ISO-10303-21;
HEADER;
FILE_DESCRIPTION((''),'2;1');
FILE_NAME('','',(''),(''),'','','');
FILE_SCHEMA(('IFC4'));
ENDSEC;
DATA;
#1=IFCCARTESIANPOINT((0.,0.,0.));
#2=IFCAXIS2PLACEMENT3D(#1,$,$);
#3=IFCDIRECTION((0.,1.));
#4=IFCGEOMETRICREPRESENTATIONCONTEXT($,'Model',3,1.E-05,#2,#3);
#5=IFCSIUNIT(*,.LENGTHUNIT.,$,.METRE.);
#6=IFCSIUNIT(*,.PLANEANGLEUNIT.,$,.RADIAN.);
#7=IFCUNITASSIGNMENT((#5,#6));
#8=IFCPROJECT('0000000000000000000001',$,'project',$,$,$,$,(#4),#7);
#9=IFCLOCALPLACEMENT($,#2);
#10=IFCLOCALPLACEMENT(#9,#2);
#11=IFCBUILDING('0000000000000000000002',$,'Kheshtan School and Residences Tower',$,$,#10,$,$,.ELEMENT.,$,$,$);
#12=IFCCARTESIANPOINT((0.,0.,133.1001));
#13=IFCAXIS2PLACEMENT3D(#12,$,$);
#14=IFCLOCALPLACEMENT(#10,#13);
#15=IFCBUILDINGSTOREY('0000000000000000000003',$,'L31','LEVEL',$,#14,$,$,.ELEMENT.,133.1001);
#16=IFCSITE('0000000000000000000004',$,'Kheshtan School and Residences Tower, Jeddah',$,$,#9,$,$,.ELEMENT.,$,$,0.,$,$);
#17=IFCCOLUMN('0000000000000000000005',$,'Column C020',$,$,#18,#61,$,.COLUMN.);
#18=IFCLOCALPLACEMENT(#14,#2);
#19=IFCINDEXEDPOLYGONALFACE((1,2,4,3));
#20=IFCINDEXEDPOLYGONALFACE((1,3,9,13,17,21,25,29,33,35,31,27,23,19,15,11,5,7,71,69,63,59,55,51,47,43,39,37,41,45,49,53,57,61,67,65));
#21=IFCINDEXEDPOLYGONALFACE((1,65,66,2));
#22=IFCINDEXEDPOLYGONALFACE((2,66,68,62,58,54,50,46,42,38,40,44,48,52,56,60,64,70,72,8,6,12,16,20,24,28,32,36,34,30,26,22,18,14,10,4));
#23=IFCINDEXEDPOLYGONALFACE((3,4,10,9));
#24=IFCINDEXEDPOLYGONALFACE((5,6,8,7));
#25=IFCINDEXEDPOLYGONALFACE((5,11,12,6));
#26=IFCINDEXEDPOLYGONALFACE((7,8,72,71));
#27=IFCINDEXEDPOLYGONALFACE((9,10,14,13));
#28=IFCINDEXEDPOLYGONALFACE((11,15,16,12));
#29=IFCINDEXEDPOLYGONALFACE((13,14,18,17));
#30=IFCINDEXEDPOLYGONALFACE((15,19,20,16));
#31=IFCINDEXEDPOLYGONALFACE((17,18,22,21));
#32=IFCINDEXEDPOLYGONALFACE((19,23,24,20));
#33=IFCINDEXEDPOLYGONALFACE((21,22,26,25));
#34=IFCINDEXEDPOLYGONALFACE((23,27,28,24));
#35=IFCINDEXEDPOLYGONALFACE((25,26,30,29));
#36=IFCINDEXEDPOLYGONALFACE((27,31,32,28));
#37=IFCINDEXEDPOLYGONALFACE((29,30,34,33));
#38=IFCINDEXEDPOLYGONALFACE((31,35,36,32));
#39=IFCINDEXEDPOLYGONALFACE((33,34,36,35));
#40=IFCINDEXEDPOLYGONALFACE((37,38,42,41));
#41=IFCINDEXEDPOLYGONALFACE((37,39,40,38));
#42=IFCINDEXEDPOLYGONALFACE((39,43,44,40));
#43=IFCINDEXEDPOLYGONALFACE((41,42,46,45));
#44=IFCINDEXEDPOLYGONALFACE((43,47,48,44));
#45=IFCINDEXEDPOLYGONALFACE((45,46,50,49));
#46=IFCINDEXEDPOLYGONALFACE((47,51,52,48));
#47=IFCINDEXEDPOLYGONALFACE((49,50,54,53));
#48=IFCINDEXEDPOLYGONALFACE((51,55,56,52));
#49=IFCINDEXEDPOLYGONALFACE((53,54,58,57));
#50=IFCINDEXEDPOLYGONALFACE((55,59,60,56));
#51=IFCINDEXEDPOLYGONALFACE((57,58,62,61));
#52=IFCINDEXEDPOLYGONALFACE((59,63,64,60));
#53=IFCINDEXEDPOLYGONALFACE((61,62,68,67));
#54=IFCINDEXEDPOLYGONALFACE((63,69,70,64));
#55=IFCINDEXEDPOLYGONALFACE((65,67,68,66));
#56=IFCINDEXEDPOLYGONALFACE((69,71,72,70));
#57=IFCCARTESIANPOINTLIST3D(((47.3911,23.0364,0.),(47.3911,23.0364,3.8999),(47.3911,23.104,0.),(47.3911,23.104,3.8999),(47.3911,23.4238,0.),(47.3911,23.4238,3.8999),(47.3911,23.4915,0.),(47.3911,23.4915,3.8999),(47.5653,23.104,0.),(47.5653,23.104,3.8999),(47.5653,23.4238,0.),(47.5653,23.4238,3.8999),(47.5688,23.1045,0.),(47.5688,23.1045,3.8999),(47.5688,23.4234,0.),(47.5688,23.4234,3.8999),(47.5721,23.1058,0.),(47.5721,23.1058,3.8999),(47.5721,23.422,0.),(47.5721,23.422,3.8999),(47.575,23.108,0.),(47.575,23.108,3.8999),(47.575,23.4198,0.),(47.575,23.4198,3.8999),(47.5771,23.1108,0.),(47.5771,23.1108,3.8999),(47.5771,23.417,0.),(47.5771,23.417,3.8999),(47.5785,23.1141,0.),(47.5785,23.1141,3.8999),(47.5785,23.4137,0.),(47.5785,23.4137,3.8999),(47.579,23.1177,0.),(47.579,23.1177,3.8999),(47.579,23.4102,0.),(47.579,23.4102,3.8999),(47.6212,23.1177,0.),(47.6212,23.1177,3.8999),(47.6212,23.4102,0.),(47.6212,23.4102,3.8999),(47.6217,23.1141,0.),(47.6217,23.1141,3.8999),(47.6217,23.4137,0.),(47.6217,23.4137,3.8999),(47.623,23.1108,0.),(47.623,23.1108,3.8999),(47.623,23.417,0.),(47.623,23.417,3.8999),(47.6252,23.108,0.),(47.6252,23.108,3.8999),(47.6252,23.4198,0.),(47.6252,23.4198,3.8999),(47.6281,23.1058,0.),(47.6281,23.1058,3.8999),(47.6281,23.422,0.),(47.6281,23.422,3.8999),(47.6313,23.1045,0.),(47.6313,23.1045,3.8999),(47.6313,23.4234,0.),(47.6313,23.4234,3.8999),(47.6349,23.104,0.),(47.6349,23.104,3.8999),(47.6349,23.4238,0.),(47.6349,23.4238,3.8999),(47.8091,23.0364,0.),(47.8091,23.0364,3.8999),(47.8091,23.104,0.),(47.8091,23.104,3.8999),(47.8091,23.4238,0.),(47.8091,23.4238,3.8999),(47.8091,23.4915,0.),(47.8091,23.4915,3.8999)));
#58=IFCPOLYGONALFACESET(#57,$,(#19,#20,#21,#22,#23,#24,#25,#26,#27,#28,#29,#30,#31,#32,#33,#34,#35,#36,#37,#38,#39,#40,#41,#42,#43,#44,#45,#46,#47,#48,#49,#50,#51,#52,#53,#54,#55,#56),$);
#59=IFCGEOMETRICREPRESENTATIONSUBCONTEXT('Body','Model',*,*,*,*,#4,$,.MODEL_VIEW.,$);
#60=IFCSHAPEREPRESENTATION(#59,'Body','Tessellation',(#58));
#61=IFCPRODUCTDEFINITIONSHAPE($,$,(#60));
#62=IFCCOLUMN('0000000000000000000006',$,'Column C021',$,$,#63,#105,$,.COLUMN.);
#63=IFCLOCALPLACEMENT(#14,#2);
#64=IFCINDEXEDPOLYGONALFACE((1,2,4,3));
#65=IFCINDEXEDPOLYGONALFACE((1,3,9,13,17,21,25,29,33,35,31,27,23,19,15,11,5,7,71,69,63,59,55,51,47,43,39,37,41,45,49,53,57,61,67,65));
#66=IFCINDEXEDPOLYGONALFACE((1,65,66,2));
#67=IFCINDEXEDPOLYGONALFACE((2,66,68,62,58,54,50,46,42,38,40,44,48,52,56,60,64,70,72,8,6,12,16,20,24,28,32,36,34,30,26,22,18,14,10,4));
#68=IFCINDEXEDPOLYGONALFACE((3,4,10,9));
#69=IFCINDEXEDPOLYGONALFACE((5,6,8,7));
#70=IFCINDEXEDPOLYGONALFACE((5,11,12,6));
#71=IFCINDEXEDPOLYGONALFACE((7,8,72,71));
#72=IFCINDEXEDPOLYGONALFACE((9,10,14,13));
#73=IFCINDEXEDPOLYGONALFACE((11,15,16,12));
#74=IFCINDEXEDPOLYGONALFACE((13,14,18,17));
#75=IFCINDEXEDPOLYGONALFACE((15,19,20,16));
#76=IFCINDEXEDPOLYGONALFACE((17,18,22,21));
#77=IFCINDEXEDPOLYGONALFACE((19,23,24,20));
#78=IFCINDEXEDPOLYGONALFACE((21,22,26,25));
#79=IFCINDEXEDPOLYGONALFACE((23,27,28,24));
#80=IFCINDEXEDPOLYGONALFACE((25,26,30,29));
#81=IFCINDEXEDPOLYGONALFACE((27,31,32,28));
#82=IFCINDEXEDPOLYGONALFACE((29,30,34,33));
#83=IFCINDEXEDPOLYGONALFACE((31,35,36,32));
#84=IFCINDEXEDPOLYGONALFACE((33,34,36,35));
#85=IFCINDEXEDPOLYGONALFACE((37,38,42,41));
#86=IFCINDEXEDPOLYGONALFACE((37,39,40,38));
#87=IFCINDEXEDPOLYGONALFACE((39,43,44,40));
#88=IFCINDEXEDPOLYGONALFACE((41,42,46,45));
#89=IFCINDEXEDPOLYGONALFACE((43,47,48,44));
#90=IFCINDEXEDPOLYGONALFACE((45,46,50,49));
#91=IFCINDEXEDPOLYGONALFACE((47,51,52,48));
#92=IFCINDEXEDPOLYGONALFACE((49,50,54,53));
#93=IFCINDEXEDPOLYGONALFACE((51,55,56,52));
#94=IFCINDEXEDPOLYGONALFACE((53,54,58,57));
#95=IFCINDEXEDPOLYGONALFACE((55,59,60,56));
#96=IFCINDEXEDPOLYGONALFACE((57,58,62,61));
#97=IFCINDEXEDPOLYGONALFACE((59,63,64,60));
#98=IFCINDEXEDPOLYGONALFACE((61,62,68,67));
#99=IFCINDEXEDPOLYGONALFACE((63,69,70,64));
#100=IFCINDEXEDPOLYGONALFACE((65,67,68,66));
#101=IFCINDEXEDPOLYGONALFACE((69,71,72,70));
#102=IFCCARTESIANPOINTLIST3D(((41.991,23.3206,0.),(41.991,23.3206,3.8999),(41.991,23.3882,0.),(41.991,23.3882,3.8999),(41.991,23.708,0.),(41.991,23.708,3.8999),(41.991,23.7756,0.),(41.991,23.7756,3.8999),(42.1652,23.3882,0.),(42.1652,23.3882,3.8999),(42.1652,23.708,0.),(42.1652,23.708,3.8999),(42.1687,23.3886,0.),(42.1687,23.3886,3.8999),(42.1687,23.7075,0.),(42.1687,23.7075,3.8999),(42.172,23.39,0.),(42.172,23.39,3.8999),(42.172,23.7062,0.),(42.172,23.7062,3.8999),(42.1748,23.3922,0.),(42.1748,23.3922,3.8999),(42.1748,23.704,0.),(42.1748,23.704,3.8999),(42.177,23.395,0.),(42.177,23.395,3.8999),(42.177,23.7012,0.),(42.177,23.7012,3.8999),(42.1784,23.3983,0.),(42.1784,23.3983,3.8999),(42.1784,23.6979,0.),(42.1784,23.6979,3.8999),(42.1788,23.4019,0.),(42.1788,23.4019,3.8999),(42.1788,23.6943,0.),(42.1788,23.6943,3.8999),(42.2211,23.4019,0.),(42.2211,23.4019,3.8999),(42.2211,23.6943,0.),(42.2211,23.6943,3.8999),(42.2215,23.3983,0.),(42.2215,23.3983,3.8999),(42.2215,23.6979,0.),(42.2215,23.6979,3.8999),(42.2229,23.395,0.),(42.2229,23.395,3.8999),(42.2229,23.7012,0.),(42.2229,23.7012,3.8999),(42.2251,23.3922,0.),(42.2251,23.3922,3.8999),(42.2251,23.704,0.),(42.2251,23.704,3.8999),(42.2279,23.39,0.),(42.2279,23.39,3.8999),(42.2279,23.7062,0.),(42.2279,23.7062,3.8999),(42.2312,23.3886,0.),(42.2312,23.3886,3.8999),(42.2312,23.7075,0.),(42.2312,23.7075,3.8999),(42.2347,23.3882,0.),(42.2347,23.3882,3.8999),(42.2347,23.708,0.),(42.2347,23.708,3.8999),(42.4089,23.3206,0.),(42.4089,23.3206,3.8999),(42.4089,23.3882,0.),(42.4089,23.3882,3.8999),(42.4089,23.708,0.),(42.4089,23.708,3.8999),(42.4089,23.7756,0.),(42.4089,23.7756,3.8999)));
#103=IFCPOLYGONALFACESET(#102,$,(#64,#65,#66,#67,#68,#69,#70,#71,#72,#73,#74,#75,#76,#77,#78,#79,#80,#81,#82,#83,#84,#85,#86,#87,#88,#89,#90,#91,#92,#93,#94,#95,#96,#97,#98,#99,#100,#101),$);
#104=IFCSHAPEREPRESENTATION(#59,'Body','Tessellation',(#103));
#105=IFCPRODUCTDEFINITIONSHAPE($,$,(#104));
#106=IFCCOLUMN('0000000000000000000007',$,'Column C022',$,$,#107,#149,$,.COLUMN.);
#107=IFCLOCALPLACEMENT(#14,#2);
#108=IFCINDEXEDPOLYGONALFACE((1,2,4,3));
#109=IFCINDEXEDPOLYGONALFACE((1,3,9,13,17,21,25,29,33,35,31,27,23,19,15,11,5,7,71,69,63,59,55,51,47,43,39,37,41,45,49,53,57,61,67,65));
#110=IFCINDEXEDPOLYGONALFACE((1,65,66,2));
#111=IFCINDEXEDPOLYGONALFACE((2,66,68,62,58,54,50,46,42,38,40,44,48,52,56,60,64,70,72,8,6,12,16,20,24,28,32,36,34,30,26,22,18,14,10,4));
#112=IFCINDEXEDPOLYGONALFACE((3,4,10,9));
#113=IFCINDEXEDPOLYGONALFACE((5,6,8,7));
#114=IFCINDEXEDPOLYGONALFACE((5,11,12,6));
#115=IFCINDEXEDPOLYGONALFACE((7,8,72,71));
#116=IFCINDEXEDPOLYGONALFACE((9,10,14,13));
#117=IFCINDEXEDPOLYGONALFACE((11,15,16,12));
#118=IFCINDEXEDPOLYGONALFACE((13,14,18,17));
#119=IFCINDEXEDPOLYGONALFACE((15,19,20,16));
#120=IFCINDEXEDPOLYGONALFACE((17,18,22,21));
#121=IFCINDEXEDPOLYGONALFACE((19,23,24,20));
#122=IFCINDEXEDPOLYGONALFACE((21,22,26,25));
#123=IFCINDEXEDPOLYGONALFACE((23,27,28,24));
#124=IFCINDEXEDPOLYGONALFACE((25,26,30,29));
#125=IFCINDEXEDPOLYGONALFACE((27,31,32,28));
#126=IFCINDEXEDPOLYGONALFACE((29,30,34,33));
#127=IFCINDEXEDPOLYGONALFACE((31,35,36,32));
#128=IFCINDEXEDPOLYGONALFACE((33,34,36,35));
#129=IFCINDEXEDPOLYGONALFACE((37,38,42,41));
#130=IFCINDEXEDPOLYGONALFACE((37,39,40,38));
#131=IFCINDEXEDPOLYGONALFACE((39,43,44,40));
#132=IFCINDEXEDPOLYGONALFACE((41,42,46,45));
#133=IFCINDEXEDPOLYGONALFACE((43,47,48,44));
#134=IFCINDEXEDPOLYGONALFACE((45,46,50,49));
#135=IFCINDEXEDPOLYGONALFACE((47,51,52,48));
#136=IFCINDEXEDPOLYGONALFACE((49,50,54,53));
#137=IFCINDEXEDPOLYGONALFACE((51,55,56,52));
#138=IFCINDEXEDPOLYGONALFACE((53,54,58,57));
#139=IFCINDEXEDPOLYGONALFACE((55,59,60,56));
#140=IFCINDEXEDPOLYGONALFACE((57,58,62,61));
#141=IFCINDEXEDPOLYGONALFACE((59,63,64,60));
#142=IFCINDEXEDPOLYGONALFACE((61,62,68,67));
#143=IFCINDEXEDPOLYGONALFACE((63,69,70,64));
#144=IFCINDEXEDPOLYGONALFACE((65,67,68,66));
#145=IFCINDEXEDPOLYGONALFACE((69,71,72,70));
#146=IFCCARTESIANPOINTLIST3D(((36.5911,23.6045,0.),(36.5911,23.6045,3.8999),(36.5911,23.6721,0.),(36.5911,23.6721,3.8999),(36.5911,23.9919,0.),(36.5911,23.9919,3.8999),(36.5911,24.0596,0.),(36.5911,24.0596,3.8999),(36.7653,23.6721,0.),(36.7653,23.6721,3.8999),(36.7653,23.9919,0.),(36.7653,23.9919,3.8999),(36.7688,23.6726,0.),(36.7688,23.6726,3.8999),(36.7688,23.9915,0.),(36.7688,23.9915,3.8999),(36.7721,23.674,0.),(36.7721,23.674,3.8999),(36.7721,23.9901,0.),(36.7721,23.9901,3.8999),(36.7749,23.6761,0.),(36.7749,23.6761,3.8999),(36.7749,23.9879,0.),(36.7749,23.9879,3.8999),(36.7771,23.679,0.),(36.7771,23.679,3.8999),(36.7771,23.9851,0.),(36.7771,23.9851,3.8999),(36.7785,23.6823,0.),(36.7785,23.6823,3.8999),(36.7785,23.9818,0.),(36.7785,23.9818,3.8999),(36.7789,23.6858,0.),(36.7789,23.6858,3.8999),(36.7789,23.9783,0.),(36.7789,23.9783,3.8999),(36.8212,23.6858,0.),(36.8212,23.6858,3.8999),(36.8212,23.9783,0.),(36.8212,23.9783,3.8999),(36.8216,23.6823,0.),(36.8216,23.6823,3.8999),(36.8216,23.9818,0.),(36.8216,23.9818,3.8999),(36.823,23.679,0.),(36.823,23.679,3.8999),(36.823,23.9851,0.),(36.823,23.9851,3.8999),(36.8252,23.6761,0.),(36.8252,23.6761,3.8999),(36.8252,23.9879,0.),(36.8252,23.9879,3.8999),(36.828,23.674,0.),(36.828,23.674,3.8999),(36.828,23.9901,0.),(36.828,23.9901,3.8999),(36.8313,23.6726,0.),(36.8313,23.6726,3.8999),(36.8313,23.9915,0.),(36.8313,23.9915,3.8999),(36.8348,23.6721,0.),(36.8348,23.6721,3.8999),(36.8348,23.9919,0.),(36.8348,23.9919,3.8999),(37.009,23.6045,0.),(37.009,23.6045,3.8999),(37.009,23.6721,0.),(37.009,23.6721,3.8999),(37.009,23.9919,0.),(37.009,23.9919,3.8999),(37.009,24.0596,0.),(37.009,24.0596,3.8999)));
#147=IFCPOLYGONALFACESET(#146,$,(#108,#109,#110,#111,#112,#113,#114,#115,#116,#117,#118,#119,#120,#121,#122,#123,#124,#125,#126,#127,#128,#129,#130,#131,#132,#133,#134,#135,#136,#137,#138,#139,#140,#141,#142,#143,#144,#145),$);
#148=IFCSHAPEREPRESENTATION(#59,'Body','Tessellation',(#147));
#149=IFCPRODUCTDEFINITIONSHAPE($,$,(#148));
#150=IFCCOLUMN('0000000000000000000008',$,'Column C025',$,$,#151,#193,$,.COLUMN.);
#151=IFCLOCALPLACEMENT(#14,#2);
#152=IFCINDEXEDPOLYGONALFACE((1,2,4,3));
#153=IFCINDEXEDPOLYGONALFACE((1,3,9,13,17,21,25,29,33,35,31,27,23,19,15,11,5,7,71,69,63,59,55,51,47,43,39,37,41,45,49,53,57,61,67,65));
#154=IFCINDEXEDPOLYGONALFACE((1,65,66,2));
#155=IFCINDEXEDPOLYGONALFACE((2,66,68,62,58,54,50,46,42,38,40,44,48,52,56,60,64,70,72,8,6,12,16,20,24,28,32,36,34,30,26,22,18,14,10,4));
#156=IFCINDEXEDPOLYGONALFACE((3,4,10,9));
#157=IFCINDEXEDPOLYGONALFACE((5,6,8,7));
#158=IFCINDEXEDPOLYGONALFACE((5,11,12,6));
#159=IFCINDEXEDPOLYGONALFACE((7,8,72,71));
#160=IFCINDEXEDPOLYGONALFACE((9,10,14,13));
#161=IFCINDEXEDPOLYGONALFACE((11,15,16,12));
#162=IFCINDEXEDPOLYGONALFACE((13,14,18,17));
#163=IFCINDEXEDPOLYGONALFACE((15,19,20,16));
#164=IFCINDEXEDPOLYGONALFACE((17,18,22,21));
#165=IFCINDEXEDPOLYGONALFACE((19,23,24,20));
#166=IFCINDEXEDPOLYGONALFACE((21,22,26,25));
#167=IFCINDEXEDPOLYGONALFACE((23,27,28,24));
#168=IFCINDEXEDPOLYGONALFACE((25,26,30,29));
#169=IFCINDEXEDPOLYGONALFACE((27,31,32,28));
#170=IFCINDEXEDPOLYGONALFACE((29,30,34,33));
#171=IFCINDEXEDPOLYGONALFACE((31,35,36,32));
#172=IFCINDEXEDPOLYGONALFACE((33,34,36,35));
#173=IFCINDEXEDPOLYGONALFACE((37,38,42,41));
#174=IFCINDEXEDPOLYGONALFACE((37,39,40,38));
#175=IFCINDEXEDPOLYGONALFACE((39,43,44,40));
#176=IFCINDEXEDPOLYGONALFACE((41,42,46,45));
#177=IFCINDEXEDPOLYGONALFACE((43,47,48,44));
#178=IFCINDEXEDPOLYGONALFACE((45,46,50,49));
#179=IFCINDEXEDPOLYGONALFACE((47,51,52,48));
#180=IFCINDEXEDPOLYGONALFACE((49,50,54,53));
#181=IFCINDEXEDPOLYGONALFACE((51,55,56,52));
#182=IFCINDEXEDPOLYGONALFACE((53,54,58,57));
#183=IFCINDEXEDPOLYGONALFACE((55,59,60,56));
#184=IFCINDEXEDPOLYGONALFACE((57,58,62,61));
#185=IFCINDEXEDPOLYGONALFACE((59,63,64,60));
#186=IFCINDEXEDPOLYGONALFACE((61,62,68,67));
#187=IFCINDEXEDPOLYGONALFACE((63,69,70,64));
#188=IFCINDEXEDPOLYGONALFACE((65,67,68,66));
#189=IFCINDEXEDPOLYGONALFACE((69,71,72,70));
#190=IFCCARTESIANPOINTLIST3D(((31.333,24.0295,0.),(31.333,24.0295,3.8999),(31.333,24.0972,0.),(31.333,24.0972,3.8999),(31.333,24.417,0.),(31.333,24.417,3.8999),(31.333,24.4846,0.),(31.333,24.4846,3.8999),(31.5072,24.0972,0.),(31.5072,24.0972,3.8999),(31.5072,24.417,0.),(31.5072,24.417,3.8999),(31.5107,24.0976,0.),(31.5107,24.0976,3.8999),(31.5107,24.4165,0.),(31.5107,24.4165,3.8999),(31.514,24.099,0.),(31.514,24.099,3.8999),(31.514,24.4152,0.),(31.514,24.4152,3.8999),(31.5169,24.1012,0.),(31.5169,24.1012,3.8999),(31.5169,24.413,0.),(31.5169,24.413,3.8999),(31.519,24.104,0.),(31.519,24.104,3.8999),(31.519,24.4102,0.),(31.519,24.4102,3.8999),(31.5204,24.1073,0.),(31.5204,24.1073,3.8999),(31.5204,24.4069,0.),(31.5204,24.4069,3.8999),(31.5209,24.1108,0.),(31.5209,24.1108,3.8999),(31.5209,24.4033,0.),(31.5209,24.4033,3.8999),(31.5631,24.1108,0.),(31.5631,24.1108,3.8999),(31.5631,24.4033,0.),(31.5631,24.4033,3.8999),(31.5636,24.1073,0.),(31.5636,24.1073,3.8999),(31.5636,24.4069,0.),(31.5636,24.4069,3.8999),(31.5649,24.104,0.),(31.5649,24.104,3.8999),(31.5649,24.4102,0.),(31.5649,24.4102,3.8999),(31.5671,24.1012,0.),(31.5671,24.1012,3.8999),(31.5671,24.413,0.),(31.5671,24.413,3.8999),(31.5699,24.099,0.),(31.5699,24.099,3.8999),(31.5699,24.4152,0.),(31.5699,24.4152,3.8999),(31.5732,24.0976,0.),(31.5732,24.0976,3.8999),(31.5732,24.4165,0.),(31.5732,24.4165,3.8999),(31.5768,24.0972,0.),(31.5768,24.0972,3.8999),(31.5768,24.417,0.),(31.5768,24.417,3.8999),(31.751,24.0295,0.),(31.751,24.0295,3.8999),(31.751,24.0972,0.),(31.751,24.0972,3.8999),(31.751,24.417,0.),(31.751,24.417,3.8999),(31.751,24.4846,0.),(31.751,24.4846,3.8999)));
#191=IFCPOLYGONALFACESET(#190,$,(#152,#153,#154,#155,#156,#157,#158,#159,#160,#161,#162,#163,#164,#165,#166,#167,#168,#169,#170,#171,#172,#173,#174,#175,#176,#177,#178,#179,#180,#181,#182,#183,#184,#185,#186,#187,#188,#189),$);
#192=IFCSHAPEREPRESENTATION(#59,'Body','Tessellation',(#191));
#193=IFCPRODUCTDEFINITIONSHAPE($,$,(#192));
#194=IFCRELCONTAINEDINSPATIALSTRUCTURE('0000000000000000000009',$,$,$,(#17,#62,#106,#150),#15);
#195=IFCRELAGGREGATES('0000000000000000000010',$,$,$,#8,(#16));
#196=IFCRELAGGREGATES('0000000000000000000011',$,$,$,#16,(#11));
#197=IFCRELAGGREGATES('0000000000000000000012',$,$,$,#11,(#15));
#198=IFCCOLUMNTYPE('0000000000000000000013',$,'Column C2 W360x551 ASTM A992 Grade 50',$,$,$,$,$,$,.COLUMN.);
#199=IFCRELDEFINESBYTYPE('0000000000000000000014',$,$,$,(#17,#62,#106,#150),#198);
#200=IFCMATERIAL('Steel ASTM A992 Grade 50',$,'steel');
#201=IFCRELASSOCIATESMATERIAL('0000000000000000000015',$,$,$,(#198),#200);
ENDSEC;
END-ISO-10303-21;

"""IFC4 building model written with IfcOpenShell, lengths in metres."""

from ifc_helpers import new_model, si_unit, direction, frame, origin, origin_2d, place, context, subcontext, project, spatial, i_section, extrude, material, material_profile, profile_set, type_object, element, save


model = new_model("IFC4")

# Units and contexts
model_context = context("Model", 3, precision=1e-05, world=origin(), true_north=direction((0.0, 1.0)))
body_context = subcontext(model_context, "Body", "Model", "MODEL_VIEW")
ifc_project = project(units=[si_unit("LENGTHUNIT", "METRE"), si_unit("PLANEANGLEUNIT", "RADIAN")], contexts=[model_context])

# Site, building, storey
site_placement = place(None, origin())
site = spatial("IfcSite", under=ifc_project, at=site_placement, Name="Kheshtan School and Residences Tower, Jeddah", CompositionType="ELEMENT", RefElevation=0.0)
building_placement = place(site_placement, origin())
building = spatial("IfcBuilding", under=site, at=building_placement, Name="Kheshtan School and Residences Tower", CompositionType="ELEMENT")
storey_placement = place(building_placement, frame((0.0, 0.0, 133.1001)))
storey = spatial("IfcBuildingStorey", under=building, at=storey_placement, Name="L31", Description="LEVEL", CompositionType="ELEMENT", Elevation=133.1001)

# Columns
ifc_material_1 = material(Name="Steel ASTM A992 Grade 50", Category="steel")
ifc_material_profile_1 = material_profile(ifc_material_1, i_section(OverallWidth=0.418, OverallDepth=0.4551, WebThickness=0.0422, FlangeThickness=0.0676, FilletRadius=0.0137, at=origin_2d()), Name="W360x551")
ifc_profile_set_1 = profile_set([ifc_material_profile_1], Name="Steel ASTM A992 Grade 50")
column_type = type_object("IfcColumnType", Name="Column C2 W360x551 ASTM A992 Grade 50", PredefinedType="COLUMN", material=ifc_profile_set_1)
for number, where, z_axis, x_axis, name in (
    (1, (47.6001, 23.2639, 0.0), (0.0, 0.0, 1.0), (1.0, 0.0, 0.0), "Column C020"),
    (2, (42.2, 23.5481, 0.0), (0.0, 0.0, 1.0), (1.0, 0.0, 0.0), "Column C021"),
    (3, (36.8, 23.832, 0.0), (0.0, 0.0, 1.0), (1.0, 0.0, 0.0), "Column C022"),
    (4, (31.542, 24.2571, 0.0), (0.0, 0.0, 1.0), (1.0, 0.0, 0.0), "Column C025"),
):
    element("IfcColumn", number, at=place(storey_placement, frame(where, z_axis=z_axis, x_axis=x_axis)), inside=storey, type_object=column_type, Name=name, PredefinedType="COLUMN", context=body_context, shape_type="SweptSolid", body=[
        extrude(i_section(OverallWidth=0.418, OverallDepth=0.4551, WebThickness=0.0422, FlangeThickness=0.0676, FilletRadius=0.0137, at=origin_2d()), origin(), (0.0, 0.0, 1.0), 3.8999),
    ])

save(model, "model.ifc")
